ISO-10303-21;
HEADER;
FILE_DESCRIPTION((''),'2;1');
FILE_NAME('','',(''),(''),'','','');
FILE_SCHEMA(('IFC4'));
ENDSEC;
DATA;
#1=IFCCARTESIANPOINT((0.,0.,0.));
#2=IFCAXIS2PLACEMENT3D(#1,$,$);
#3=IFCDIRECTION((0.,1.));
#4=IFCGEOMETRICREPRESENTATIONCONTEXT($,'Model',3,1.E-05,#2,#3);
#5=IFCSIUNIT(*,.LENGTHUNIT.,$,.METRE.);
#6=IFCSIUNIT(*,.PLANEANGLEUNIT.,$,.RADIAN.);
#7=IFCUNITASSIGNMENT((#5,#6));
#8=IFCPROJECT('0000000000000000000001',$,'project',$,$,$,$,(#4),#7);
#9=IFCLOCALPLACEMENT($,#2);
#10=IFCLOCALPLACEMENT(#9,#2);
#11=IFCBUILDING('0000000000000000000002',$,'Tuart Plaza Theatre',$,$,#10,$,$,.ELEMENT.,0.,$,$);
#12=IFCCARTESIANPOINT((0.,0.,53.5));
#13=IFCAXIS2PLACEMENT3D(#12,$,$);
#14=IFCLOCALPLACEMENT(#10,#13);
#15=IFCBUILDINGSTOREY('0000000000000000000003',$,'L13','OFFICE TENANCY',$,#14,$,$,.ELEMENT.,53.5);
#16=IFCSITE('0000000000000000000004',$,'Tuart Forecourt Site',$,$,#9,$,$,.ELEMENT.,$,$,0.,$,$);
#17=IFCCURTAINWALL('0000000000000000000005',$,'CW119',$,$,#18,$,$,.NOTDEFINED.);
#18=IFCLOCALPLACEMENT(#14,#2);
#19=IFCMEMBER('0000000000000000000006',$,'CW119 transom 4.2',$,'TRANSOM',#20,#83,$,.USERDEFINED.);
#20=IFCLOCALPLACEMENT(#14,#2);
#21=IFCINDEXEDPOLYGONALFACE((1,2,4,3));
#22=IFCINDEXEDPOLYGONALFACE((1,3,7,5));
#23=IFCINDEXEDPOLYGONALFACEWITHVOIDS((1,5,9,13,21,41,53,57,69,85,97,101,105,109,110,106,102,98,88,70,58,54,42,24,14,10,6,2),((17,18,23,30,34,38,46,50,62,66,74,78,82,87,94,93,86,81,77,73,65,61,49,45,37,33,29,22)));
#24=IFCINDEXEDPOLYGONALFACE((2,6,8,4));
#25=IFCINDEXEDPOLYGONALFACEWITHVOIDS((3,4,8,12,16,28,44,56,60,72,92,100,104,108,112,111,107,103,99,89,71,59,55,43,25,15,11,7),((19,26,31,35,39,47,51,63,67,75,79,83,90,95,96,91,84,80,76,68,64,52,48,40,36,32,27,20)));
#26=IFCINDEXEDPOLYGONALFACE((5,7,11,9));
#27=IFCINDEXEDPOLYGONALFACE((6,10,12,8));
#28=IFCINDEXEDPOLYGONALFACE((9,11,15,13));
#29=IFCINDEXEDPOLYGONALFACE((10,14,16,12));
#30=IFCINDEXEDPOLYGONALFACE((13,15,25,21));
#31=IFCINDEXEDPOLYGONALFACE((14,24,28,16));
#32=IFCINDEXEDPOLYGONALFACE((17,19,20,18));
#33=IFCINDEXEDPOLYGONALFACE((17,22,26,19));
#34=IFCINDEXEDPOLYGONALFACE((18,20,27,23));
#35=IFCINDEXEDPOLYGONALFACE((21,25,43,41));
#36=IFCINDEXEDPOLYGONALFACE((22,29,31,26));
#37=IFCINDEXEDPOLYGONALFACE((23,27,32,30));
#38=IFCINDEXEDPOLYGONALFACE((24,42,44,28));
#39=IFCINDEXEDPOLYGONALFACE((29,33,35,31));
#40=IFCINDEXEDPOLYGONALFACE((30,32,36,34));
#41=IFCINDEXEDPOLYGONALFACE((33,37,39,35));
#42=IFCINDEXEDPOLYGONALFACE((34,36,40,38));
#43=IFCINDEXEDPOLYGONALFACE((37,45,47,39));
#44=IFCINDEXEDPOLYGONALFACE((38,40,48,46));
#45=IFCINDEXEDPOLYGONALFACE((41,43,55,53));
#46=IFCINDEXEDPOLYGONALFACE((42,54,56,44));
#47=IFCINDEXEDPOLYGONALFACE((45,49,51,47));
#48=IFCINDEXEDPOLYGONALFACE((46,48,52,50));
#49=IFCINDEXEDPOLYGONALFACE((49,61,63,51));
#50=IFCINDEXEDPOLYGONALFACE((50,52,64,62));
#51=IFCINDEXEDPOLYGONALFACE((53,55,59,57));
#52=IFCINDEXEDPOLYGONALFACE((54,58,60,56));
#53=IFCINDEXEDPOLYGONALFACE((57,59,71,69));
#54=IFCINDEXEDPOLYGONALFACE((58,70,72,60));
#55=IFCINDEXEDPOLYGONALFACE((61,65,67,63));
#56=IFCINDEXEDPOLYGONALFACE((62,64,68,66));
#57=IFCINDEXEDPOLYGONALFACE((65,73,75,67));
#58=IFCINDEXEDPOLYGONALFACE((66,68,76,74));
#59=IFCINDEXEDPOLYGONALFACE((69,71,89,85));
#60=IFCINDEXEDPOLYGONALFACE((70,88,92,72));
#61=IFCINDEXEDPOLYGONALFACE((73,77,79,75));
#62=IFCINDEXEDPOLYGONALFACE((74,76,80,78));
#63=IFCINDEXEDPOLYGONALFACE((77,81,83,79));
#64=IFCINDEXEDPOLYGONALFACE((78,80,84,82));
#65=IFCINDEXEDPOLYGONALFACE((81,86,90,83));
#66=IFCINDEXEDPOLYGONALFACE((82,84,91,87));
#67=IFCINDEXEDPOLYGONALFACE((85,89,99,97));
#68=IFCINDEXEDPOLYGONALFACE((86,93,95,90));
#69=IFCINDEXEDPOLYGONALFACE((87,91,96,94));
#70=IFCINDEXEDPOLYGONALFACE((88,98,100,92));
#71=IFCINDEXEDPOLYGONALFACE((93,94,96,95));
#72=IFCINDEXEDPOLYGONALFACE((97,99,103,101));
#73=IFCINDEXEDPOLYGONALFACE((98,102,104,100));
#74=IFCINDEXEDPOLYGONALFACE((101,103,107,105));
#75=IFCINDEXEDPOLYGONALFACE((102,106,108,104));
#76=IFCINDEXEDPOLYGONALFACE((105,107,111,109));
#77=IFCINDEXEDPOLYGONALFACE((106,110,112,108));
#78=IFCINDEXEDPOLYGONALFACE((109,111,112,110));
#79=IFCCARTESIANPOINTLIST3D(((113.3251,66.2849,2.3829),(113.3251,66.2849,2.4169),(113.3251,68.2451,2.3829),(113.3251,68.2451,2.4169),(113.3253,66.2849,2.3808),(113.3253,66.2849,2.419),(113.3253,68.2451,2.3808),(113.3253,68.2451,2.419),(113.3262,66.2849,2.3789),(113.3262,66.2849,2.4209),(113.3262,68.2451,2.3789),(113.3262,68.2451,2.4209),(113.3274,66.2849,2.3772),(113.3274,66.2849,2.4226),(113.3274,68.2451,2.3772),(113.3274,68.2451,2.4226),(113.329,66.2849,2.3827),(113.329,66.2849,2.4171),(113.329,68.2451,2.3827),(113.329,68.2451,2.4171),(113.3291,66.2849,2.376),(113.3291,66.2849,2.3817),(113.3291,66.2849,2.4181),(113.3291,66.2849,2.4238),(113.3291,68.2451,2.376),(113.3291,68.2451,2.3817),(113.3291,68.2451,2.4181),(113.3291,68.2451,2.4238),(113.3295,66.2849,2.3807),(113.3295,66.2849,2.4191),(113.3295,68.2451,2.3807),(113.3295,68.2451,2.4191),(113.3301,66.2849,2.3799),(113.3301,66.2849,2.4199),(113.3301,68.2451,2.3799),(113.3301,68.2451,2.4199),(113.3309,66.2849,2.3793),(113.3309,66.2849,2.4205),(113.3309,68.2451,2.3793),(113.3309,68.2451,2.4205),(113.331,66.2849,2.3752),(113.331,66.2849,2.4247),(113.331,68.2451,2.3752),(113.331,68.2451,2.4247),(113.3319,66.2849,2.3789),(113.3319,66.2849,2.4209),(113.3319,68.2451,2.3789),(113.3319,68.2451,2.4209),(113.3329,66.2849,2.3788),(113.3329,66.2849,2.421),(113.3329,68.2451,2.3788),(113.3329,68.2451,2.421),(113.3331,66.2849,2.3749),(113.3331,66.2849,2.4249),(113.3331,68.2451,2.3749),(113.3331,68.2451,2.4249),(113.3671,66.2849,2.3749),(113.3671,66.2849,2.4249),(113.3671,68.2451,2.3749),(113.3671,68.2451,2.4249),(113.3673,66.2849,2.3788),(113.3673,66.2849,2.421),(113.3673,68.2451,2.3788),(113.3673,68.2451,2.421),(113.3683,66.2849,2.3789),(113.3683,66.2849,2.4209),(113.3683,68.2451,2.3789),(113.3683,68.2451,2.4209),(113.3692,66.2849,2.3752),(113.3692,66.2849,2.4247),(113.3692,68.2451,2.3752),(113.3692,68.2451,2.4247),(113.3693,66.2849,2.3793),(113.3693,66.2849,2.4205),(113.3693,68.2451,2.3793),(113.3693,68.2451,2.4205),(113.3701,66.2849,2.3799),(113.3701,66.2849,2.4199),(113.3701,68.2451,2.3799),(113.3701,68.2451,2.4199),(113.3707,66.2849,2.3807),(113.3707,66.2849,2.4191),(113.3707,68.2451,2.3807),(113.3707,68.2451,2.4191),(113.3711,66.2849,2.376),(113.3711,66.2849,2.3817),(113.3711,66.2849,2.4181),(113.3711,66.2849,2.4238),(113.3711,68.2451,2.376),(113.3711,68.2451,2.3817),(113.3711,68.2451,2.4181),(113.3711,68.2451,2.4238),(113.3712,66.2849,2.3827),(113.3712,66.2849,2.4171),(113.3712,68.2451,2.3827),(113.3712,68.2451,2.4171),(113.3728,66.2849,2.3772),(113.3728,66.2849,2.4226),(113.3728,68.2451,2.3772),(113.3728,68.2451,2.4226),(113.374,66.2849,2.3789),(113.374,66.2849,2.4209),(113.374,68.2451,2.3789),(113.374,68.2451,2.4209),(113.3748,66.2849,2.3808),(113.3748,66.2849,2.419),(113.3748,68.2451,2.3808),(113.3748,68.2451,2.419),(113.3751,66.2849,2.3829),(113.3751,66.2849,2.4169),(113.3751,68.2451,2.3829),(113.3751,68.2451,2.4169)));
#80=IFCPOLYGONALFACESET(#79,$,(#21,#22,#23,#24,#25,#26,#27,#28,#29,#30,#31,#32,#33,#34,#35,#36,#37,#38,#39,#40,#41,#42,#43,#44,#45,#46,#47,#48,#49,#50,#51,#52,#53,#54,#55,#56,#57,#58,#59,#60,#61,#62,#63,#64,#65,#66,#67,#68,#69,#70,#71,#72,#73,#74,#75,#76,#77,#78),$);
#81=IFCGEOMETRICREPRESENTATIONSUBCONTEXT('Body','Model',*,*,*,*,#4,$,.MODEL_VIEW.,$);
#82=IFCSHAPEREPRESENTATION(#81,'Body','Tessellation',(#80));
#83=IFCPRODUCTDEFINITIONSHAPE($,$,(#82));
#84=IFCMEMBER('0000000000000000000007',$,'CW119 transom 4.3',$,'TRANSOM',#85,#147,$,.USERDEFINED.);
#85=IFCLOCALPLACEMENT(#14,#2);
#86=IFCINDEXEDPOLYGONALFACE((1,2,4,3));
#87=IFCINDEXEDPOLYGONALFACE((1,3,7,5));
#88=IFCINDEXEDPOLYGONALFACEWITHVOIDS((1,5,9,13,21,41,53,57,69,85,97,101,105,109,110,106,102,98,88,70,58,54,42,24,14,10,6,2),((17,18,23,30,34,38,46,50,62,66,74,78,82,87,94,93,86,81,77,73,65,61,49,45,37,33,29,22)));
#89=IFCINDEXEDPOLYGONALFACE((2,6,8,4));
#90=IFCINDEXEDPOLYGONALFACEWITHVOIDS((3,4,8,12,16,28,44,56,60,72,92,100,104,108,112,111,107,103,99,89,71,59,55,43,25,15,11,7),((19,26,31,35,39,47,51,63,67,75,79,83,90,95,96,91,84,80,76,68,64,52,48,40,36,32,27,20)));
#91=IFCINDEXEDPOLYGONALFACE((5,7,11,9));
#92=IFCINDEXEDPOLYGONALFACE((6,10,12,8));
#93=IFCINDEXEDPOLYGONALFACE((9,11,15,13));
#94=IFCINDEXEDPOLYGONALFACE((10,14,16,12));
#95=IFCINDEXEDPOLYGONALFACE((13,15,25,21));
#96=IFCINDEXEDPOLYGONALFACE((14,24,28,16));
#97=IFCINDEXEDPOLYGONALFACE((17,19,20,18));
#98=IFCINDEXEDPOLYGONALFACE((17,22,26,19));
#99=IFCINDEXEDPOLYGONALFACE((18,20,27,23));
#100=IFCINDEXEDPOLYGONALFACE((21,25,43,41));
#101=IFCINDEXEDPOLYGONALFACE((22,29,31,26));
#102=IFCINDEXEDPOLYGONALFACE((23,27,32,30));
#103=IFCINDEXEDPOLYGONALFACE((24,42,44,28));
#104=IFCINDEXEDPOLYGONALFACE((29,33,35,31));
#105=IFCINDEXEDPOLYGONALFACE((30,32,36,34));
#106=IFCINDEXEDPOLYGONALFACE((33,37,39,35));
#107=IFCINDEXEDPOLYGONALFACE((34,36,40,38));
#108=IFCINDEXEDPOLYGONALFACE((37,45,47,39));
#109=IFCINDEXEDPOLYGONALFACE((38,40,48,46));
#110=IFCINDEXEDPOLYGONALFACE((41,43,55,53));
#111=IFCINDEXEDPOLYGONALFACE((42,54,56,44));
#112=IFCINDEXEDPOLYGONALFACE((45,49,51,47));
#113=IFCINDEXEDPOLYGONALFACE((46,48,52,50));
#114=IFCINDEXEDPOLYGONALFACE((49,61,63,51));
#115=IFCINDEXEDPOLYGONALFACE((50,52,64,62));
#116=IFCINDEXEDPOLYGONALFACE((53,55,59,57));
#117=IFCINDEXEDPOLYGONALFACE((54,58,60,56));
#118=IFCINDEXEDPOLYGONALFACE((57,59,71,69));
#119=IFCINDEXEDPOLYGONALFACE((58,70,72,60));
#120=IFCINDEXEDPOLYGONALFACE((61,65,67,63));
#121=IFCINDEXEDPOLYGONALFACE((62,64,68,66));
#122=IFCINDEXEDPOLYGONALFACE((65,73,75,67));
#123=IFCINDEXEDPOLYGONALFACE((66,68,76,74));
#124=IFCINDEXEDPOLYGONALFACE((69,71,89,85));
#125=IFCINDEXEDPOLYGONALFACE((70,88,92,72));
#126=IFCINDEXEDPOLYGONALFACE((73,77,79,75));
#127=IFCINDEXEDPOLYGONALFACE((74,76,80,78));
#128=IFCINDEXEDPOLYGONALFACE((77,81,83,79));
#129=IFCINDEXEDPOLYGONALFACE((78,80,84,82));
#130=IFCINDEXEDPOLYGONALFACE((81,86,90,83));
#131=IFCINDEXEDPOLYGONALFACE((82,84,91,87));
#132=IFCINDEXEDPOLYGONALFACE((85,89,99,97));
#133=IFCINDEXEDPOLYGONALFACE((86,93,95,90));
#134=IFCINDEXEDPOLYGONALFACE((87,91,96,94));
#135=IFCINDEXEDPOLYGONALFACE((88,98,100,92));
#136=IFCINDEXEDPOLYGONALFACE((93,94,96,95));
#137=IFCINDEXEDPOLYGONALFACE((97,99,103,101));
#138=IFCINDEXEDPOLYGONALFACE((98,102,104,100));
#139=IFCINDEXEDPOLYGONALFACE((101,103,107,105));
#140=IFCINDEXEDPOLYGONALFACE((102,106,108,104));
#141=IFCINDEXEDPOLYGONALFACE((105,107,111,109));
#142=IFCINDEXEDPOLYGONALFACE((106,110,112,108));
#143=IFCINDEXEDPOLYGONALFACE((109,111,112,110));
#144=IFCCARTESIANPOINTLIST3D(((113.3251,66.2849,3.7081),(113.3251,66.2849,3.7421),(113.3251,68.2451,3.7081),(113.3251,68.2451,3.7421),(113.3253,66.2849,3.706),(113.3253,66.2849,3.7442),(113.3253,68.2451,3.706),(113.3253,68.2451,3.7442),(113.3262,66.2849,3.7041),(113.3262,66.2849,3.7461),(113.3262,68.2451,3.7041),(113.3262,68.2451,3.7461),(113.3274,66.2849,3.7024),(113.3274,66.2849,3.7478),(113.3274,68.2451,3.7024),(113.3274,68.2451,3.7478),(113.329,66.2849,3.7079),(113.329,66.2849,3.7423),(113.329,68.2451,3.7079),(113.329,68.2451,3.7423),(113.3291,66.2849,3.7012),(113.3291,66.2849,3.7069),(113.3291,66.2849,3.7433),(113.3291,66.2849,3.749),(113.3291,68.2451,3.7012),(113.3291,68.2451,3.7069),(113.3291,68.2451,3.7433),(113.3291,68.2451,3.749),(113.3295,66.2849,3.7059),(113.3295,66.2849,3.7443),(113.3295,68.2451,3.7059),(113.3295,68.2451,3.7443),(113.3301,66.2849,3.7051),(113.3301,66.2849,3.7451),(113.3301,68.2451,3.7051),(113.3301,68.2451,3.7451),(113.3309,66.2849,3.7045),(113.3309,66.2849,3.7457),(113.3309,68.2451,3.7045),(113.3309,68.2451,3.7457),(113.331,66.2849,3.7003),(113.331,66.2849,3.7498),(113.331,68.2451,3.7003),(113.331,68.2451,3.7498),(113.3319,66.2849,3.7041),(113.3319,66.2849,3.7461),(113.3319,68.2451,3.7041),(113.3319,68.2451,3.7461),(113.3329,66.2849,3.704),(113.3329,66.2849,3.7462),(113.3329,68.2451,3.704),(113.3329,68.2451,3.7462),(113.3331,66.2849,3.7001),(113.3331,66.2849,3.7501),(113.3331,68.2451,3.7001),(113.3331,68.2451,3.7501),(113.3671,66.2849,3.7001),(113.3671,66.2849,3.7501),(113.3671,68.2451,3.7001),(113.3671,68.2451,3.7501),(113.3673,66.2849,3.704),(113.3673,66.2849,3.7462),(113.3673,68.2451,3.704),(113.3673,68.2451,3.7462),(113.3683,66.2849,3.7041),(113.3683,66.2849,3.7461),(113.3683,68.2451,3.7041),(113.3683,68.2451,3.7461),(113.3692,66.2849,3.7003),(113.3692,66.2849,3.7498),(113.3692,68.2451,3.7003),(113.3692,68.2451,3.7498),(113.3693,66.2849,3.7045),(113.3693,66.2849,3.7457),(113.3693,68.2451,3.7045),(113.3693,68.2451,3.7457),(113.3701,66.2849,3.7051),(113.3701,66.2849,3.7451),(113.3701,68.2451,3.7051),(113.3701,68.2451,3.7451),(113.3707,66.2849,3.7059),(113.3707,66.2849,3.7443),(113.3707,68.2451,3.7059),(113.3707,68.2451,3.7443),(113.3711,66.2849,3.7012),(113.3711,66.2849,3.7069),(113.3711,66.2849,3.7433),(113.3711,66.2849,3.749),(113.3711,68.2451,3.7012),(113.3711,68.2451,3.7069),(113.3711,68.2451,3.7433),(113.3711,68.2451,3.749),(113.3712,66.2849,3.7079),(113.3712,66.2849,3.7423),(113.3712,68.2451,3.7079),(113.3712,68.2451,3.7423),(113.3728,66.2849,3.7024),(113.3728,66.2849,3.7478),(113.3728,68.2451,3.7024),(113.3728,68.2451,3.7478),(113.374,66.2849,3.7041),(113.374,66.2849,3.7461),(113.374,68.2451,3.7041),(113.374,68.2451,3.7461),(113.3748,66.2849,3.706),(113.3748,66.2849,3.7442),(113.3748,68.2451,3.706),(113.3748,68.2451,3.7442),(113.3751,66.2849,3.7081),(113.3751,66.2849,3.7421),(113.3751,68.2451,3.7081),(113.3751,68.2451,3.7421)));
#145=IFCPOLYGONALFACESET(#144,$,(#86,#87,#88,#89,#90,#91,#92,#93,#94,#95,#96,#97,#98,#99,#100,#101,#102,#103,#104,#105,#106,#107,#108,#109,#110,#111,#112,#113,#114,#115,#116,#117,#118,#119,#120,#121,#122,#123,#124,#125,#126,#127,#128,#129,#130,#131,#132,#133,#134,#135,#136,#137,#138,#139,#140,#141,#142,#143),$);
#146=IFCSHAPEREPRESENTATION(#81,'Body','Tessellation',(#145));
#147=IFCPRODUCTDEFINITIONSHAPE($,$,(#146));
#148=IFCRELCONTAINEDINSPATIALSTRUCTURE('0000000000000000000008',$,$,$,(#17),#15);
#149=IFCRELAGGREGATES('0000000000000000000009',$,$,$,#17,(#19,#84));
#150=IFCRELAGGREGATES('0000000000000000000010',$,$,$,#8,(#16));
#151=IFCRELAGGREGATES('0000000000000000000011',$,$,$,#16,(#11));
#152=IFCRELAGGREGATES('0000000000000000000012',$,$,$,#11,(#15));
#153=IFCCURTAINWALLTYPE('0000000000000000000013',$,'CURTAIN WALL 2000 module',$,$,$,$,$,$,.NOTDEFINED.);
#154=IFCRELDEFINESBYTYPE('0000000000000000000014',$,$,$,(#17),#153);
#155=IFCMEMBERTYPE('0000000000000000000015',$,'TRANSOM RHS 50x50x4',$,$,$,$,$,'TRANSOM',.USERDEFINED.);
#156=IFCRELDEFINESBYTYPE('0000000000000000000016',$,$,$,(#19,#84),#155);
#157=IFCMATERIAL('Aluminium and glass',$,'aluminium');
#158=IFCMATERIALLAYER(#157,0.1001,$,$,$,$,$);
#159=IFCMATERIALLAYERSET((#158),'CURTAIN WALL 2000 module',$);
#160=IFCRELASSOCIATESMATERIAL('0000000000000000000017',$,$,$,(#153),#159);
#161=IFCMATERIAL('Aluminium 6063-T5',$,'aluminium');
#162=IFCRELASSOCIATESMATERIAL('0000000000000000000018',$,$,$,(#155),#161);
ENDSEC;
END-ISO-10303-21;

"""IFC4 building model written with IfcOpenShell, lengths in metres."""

from ifc_helpers import new_model, si_unit, direction, frame, origin, origin_2d, place, context, subcontext, project, spatial, hollow_rectangle, extrude, material, layer, layer_set, material_profile, profile_set, type_object, element, aggregate, save


model = new_model("IFC4")

# Units and contexts
model_context = context("Model", 3, precision=1e-05, world=origin(), true_north=direction((0.0, 1.0)))
body_context = subcontext(model_context, "Body", "Model", "MODEL_VIEW")
ifc_project = project(units=[si_unit("LENGTHUNIT", "METRE"), si_unit("PLANEANGLEUNIT", "RADIAN")], contexts=[model_context])

# Site, building, storey
site_placement = place(None, origin())
site = spatial("IfcSite", under=ifc_project, at=site_placement, Name="Tuart Forecourt Site", CompositionType="ELEMENT", RefElevation=0.0)
building_placement = place(site_placement, origin())
building = spatial("IfcBuilding", under=site, at=building_placement, Name="Tuart Plaza Theatre", CompositionType="ELEMENT", ElevationOfRefHeight=0.0)
storey_placement = place(building_placement, frame((0.0, 0.0, 53.5)))
storey = spatial("IfcBuildingStorey", under=building, at=storey_placement, Name="L13", Description="OFFICE TENANCY", CompositionType="ELEMENT", Elevation=53.5)

# Curtain wall, members
ifc_material_1 = material(Name="Aluminium and glass", Category="aluminium")
ifc_layer_1 = layer(ifc_material_1, 0.1001)
ifc_layer_set_1 = layer_set([ifc_layer_1], Name="CURTAIN WALL 2000 module")
curtain_wall_type = type_object("IfcCurtainWallType", Name="CURTAIN WALL 2000 module", PredefinedType="NOTDEFINED", material=ifc_layer_set_1)
curtain_wall_1_placement = place(storey_placement, origin())
curtain_wall_1 = element("IfcCurtainWall", 1, at=curtain_wall_1_placement, inside=storey, type_object=curtain_wall_type, Name="CW119", PredefinedType="NOTDEFINED")
ifc_material_2 = material(Name="Aluminium 6063-T5", Category="aluminium")
ifc_material_profile_1 = material_profile(ifc_material_2, hollow_rectangle(XDim=0.05, YDim=0.05, WallThickness=0.0039, InnerFilletRadius=0.0039, OuterFilletRadius=0.0081, at=origin_2d()), Name="RHS 50x50x4")
ifc_profile_set_1 = profile_set([ifc_material_profile_1], Name="Aluminium 6063-T5")
member_type_1 = type_object("IfcMemberType", Name="TRANSOM RHS 50x50x4", ElementType="TRANSOM", PredefinedType="USERDEFINED", material=ifc_profile_set_1)
member_1_placement = place(storey_placement, frame((113.3501, 68.2451, 2.3999), z_axis=(0.0, -1.0, 0.0), x_axis=(1.0, 0.0, 0.0)))
member_1 = element("IfcMember", 2, at=member_1_placement, type_object=member_type_1, Name="CW119 transom 4.2", ObjectType="TRANSOM", PredefinedType="USERDEFINED", context=body_context, shape_type="SweptSolid", body=[
    extrude(hollow_rectangle(XDim=0.05, YDim=0.05, WallThickness=0.0039, InnerFilletRadius=0.0039, OuterFilletRadius=0.0081, at=origin_2d()), origin(), (0.0, 0.0, 1.0), 1.9602),
])
member_2_placement = place(storey_placement, frame((113.3501, 68.2451, 3.7251), z_axis=(0.0, -1.0, 0.0), x_axis=(1.0, 0.0, 0.0)))
member_2 = element("IfcMember", 3, at=member_2_placement, type_object=member_type_1, Name="CW119 transom 4.3", ObjectType="TRANSOM", PredefinedType="USERDEFINED", context=body_context, shape_type="SweptSolid", body=[
    extrude(hollow_rectangle(XDim=0.05, YDim=0.05, WallThickness=0.0039, InnerFilletRadius=0.0039, OuterFilletRadius=0.0081, at=origin_2d()), origin(), (0.0, 0.0, 1.0), 1.9602),
])

aggregate(curtain_wall_1, [member_1, member_2])

save(model, "model.ifc")
